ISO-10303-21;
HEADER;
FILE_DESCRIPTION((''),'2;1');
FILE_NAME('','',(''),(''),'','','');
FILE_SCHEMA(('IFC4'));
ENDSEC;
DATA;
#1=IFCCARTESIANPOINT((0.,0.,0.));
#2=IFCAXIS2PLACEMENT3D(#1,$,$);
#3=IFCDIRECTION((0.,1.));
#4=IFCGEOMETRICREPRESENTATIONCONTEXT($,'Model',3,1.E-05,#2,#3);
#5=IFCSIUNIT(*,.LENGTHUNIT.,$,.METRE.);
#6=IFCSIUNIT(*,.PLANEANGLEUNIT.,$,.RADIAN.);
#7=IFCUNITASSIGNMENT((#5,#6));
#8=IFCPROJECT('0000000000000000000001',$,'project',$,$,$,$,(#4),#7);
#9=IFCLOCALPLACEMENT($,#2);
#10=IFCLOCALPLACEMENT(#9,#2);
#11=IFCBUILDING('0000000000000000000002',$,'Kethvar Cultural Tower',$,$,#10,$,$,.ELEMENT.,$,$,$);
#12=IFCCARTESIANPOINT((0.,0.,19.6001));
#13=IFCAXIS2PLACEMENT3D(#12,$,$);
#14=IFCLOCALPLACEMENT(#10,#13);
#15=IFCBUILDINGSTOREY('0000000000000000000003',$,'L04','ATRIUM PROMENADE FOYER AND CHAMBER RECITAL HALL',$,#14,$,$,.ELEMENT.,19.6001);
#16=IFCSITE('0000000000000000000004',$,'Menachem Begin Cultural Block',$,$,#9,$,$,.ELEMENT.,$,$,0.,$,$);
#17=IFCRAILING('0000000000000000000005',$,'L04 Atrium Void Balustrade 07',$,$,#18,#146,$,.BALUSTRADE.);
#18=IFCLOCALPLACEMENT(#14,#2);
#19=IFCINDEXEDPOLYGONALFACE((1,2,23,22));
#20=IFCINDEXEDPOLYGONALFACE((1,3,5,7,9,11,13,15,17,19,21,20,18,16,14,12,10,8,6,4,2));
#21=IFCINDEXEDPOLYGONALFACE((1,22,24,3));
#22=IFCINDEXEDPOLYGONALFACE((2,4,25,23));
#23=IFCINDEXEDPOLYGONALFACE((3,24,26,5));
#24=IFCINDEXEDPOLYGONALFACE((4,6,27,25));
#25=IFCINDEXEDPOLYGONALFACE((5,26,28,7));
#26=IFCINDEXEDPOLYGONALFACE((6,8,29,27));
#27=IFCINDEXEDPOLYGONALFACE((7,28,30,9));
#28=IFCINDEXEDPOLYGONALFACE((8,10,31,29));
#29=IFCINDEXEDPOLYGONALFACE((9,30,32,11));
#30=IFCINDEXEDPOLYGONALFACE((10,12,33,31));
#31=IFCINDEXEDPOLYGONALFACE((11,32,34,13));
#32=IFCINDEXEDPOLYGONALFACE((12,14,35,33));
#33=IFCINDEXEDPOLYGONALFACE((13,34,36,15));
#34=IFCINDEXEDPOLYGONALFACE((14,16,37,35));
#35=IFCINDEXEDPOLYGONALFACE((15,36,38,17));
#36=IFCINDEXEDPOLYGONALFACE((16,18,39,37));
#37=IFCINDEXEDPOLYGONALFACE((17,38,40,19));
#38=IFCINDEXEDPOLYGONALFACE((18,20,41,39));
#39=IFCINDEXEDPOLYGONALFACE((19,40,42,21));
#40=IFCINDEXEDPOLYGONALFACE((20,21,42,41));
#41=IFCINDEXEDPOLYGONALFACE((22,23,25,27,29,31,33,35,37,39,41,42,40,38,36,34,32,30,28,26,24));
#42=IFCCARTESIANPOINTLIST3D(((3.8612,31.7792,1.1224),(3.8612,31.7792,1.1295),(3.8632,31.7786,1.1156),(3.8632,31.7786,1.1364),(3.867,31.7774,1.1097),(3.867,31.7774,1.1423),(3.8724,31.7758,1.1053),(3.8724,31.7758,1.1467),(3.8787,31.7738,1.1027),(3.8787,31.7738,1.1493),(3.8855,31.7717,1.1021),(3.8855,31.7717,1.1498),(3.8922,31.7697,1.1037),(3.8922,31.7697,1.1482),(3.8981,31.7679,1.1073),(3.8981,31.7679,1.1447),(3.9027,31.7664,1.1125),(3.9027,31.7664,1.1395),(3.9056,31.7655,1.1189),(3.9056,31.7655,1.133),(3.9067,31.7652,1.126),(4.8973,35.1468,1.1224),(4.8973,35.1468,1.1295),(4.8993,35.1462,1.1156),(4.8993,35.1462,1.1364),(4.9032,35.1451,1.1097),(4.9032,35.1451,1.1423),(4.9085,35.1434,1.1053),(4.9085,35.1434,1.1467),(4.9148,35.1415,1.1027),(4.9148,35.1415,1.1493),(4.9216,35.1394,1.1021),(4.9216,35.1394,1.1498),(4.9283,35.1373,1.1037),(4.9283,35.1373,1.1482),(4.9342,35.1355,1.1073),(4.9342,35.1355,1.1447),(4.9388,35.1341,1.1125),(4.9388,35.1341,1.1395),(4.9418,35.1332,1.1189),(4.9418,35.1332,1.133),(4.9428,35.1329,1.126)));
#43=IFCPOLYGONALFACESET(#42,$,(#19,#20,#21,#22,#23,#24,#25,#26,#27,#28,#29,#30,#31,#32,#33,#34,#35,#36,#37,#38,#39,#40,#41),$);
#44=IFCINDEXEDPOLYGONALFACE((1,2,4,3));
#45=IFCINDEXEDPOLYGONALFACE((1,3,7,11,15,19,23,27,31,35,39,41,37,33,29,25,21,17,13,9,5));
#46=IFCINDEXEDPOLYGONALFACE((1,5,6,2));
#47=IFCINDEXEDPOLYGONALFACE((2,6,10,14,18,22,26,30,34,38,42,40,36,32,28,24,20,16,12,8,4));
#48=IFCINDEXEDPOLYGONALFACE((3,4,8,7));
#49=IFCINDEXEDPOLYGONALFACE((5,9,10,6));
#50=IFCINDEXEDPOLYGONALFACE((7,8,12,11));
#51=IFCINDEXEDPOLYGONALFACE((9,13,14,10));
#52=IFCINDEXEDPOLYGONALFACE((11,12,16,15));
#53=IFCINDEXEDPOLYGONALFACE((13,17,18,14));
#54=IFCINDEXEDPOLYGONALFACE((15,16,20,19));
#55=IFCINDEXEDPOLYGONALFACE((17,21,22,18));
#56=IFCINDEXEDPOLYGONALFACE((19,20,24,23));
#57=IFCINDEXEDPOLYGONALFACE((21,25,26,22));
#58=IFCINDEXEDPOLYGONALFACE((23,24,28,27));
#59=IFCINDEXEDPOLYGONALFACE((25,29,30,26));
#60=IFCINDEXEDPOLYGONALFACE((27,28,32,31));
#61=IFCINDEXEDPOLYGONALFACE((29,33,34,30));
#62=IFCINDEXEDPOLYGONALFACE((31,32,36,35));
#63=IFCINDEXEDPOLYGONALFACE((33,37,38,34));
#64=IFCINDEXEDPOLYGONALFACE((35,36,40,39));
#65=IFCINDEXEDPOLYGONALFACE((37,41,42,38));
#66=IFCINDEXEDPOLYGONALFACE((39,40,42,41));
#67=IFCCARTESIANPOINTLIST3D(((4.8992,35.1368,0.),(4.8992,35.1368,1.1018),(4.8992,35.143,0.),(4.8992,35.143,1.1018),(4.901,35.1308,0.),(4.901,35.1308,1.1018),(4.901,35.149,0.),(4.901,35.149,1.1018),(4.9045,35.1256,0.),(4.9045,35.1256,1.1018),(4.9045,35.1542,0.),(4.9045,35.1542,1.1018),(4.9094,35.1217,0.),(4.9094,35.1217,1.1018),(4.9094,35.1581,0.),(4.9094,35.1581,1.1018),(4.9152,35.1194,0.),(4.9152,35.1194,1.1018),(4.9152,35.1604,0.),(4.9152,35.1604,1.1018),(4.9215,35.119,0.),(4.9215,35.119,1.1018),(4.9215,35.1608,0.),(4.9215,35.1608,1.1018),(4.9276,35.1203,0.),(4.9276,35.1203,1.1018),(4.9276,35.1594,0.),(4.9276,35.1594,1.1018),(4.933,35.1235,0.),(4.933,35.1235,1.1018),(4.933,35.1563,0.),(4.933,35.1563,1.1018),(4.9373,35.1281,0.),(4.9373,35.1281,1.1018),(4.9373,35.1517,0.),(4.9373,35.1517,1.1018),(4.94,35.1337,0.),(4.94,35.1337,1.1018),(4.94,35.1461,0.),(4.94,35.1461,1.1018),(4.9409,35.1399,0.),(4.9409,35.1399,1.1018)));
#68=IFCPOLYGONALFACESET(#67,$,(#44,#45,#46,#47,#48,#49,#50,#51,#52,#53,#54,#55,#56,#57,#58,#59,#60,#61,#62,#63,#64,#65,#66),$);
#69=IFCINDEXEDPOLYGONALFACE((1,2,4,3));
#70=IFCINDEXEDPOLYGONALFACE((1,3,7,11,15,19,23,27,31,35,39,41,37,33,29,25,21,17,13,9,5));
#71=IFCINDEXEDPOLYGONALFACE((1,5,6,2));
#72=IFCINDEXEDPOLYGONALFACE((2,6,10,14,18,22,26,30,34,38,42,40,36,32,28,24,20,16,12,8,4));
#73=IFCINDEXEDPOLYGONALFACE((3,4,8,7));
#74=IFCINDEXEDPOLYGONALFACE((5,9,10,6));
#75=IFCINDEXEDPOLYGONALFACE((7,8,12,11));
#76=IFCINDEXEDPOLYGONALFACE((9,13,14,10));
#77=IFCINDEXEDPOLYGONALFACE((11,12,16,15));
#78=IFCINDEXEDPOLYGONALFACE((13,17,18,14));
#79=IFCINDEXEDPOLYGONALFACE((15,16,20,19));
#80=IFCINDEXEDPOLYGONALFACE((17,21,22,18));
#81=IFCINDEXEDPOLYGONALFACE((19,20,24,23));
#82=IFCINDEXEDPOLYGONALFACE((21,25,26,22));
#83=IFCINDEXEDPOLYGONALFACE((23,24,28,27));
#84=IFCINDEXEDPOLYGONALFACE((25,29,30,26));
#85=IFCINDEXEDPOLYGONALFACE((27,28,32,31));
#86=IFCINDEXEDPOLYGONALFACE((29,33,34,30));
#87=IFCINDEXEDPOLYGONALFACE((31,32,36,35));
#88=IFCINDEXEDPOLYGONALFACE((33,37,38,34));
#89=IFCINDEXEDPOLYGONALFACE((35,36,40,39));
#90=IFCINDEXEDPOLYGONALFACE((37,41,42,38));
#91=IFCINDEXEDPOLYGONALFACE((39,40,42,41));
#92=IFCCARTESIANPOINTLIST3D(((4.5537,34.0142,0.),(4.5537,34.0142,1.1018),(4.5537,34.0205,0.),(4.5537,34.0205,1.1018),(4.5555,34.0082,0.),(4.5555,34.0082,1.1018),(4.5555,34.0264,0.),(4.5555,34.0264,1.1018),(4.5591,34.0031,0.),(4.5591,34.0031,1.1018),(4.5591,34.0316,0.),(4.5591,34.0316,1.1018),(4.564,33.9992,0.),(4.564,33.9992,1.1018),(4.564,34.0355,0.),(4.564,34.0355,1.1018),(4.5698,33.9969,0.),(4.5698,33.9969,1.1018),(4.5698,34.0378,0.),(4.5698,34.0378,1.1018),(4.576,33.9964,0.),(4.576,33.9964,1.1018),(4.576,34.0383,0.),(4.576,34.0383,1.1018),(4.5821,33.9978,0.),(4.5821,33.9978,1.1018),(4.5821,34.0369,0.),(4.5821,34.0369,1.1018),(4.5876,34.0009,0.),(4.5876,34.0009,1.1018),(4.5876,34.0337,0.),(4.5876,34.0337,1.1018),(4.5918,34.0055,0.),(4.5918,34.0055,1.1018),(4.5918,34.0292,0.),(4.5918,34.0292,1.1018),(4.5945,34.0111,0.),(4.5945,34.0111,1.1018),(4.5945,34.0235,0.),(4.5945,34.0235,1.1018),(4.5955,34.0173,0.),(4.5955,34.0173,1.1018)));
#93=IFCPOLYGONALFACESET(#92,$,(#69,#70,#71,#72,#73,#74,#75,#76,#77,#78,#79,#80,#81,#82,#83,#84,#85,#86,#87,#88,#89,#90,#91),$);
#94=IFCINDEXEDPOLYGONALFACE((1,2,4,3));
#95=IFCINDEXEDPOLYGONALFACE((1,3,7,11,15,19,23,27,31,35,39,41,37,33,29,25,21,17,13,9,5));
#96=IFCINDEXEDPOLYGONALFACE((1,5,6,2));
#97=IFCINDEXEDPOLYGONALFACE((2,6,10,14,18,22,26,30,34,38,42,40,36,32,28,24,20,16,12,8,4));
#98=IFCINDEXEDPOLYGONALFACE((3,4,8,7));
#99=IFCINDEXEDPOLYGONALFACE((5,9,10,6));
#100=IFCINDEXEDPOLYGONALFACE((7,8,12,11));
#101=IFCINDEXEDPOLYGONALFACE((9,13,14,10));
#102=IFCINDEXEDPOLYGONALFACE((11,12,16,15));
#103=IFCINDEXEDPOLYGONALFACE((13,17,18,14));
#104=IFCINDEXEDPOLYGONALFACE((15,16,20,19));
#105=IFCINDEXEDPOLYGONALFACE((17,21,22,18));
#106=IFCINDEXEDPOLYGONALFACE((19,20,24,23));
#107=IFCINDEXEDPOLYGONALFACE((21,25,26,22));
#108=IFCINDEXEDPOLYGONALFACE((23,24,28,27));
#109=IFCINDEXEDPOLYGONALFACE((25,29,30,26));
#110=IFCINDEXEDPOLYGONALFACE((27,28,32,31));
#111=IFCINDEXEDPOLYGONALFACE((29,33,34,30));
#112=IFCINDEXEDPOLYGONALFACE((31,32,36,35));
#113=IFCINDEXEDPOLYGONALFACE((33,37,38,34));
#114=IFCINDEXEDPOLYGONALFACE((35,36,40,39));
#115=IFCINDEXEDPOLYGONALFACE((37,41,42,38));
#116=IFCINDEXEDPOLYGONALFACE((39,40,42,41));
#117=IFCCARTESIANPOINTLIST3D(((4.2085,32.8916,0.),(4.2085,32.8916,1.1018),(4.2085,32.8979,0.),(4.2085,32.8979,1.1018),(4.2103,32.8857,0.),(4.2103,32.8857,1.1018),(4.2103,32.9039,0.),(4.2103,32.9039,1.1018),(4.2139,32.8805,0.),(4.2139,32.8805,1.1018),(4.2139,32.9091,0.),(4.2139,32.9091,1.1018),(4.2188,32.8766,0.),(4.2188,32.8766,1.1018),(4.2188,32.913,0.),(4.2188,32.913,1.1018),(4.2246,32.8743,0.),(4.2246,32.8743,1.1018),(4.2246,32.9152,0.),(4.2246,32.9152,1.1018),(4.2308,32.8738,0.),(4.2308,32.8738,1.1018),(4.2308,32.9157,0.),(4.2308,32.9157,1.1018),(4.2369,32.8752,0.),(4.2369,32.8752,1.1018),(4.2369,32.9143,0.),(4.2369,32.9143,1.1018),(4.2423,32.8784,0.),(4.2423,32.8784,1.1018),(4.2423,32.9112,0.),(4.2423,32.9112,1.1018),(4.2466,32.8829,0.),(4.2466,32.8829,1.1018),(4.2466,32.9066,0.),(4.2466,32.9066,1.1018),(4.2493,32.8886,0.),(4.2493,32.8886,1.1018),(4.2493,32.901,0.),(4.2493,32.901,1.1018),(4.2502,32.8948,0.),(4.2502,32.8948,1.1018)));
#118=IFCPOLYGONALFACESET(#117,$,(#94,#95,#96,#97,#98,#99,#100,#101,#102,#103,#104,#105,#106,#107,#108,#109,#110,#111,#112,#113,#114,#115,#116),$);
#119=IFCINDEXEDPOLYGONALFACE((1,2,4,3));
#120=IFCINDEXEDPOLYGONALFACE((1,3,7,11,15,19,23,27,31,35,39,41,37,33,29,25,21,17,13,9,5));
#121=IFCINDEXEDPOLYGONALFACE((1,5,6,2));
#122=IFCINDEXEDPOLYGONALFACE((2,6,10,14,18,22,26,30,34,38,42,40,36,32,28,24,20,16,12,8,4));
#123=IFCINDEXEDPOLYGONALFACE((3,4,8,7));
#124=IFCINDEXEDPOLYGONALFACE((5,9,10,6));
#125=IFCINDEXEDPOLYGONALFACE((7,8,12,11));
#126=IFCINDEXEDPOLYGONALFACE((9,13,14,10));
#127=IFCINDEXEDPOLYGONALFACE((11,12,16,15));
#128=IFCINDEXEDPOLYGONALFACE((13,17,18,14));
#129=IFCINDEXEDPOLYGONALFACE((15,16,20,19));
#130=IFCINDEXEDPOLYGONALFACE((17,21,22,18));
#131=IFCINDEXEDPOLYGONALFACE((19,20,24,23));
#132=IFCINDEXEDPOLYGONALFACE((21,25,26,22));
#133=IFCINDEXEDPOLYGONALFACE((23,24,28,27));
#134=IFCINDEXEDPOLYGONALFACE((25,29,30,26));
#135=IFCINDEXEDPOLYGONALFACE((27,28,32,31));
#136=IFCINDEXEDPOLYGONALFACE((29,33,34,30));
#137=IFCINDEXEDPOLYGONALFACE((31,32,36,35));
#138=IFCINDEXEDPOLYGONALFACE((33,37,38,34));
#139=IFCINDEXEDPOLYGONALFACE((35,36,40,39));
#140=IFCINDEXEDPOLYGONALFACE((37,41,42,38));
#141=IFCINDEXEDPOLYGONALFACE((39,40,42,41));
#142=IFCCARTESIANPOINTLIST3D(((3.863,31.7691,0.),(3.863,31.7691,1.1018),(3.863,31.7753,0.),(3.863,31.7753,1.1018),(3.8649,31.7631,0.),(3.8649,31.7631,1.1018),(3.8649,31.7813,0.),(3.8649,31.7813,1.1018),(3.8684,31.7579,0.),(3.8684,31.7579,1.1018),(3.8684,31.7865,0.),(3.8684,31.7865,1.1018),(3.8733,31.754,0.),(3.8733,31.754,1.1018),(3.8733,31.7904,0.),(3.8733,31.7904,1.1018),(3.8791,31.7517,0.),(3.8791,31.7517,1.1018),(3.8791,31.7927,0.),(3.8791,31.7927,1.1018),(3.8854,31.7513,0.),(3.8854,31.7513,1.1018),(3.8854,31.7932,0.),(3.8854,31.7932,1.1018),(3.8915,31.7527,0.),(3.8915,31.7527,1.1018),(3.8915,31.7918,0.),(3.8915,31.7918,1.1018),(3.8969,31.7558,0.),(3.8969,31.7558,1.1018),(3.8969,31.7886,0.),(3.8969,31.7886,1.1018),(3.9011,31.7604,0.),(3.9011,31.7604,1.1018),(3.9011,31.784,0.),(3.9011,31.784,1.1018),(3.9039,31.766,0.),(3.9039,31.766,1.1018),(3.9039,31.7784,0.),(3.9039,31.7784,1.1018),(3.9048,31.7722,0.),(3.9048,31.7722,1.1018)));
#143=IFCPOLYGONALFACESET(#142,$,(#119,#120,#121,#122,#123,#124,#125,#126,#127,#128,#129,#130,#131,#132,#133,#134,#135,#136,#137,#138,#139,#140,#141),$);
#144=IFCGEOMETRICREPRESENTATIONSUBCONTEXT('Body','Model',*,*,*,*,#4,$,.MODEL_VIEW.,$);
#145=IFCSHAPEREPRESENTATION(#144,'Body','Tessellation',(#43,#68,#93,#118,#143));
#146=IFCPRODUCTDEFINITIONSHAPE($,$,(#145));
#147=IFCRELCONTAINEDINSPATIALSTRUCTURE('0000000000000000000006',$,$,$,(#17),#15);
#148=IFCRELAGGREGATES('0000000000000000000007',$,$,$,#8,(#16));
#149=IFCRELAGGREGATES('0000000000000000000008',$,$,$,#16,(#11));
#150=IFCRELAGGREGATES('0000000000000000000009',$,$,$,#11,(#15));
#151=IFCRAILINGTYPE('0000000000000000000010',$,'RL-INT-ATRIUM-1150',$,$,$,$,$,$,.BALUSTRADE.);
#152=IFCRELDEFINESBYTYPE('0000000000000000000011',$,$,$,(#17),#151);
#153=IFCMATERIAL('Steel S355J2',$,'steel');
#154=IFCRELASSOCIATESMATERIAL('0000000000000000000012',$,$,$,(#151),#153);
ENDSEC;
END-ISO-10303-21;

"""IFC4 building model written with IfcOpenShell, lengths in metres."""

from ifc_helpers import new_model, si_unit, direction, frame, origin, origin_2d, place, context, subcontext, project, spatial, circle, extrude, material, type_object, element, save


model = new_model("IFC4")

# Units and contexts
model_context = context("Model", 3, precision=1e-05, world=origin(), true_north=direction((0.0, 1.0)))
body_context = subcontext(model_context, "Body", "Model", "MODEL_VIEW")
ifc_project = project(units=[si_unit("LENGTHUNIT", "METRE"), si_unit("PLANEANGLEUNIT", "RADIAN")], contexts=[model_context])

# Site, building, storey
site_placement = place(None, origin())
site = spatial("IfcSite", under=ifc_project, at=site_placement, Name="Menachem Begin Cultural Block", CompositionType="ELEMENT", RefElevation=0.0)
building_placement = place(site_placement, origin())
building = spatial("IfcBuilding", under=site, at=building_placement, Name="Kethvar Cultural Tower", CompositionType="ELEMENT")
storey_placement = place(building_placement, frame((0.0, 0.0, 19.6001)))
storey = spatial("IfcBuildingStorey", under=building, at=storey_placement, Name="L04", Description="ATRIUM PROMENADE FOYER AND CHAMBER RECITAL HALL", CompositionType="ELEMENT", Elevation=19.6001)

# Shared definitions
ifc_material_1 = material(Name="Steel S355J2", Category="steel")

# Railing
railing_type_1 = type_object("IfcRailingType", Name="RL-INT-ATRIUM-1150", PredefinedType="BALUSTRADE", material=ifc_material_1)
railing_1_placement = place(storey_placement, frame((4.9199, 35.1399, 0.0)))
element("IfcRailing", 1, at=railing_1_placement, inside=storey, type_object=railing_type_1, Name="L04 Atrium Void Balustrade 07", PredefinedType="BALUSTRADE", context=body_context, shape_type="SweptSolid", body=[
    extrude(circle(Radius=0.0239, at=origin_2d()), frame((0.0, 0.0, 1.126), z_axis=(-0.294066, -0.955785, 0.0), x_axis=(0.955785, -0.294066, 0.0)), (0.0, 0.0, 1.0), 3.5234),
    extrude(circle(Radius=0.021, at=origin_2d()), origin(), (0.0, 0.0, 1.0), 1.1018),
    extrude(circle(Radius=0.021, at=origin_2d()), frame((-0.3455, -1.1226, 0.0)), (0.0, 0.0, 1.0), 1.1018),
    extrude(circle(Radius=0.021, at=origin_2d()), frame((-0.6907, -2.2451, 0.0)), (0.0, 0.0, 1.0), 1.1018),
    extrude(circle(Radius=0.021, at=origin_2d()), frame((-1.0361, -3.3677, 0.0)), (0.0, 0.0, 1.0), 1.1018),
])

save(model, "model.ifc")
